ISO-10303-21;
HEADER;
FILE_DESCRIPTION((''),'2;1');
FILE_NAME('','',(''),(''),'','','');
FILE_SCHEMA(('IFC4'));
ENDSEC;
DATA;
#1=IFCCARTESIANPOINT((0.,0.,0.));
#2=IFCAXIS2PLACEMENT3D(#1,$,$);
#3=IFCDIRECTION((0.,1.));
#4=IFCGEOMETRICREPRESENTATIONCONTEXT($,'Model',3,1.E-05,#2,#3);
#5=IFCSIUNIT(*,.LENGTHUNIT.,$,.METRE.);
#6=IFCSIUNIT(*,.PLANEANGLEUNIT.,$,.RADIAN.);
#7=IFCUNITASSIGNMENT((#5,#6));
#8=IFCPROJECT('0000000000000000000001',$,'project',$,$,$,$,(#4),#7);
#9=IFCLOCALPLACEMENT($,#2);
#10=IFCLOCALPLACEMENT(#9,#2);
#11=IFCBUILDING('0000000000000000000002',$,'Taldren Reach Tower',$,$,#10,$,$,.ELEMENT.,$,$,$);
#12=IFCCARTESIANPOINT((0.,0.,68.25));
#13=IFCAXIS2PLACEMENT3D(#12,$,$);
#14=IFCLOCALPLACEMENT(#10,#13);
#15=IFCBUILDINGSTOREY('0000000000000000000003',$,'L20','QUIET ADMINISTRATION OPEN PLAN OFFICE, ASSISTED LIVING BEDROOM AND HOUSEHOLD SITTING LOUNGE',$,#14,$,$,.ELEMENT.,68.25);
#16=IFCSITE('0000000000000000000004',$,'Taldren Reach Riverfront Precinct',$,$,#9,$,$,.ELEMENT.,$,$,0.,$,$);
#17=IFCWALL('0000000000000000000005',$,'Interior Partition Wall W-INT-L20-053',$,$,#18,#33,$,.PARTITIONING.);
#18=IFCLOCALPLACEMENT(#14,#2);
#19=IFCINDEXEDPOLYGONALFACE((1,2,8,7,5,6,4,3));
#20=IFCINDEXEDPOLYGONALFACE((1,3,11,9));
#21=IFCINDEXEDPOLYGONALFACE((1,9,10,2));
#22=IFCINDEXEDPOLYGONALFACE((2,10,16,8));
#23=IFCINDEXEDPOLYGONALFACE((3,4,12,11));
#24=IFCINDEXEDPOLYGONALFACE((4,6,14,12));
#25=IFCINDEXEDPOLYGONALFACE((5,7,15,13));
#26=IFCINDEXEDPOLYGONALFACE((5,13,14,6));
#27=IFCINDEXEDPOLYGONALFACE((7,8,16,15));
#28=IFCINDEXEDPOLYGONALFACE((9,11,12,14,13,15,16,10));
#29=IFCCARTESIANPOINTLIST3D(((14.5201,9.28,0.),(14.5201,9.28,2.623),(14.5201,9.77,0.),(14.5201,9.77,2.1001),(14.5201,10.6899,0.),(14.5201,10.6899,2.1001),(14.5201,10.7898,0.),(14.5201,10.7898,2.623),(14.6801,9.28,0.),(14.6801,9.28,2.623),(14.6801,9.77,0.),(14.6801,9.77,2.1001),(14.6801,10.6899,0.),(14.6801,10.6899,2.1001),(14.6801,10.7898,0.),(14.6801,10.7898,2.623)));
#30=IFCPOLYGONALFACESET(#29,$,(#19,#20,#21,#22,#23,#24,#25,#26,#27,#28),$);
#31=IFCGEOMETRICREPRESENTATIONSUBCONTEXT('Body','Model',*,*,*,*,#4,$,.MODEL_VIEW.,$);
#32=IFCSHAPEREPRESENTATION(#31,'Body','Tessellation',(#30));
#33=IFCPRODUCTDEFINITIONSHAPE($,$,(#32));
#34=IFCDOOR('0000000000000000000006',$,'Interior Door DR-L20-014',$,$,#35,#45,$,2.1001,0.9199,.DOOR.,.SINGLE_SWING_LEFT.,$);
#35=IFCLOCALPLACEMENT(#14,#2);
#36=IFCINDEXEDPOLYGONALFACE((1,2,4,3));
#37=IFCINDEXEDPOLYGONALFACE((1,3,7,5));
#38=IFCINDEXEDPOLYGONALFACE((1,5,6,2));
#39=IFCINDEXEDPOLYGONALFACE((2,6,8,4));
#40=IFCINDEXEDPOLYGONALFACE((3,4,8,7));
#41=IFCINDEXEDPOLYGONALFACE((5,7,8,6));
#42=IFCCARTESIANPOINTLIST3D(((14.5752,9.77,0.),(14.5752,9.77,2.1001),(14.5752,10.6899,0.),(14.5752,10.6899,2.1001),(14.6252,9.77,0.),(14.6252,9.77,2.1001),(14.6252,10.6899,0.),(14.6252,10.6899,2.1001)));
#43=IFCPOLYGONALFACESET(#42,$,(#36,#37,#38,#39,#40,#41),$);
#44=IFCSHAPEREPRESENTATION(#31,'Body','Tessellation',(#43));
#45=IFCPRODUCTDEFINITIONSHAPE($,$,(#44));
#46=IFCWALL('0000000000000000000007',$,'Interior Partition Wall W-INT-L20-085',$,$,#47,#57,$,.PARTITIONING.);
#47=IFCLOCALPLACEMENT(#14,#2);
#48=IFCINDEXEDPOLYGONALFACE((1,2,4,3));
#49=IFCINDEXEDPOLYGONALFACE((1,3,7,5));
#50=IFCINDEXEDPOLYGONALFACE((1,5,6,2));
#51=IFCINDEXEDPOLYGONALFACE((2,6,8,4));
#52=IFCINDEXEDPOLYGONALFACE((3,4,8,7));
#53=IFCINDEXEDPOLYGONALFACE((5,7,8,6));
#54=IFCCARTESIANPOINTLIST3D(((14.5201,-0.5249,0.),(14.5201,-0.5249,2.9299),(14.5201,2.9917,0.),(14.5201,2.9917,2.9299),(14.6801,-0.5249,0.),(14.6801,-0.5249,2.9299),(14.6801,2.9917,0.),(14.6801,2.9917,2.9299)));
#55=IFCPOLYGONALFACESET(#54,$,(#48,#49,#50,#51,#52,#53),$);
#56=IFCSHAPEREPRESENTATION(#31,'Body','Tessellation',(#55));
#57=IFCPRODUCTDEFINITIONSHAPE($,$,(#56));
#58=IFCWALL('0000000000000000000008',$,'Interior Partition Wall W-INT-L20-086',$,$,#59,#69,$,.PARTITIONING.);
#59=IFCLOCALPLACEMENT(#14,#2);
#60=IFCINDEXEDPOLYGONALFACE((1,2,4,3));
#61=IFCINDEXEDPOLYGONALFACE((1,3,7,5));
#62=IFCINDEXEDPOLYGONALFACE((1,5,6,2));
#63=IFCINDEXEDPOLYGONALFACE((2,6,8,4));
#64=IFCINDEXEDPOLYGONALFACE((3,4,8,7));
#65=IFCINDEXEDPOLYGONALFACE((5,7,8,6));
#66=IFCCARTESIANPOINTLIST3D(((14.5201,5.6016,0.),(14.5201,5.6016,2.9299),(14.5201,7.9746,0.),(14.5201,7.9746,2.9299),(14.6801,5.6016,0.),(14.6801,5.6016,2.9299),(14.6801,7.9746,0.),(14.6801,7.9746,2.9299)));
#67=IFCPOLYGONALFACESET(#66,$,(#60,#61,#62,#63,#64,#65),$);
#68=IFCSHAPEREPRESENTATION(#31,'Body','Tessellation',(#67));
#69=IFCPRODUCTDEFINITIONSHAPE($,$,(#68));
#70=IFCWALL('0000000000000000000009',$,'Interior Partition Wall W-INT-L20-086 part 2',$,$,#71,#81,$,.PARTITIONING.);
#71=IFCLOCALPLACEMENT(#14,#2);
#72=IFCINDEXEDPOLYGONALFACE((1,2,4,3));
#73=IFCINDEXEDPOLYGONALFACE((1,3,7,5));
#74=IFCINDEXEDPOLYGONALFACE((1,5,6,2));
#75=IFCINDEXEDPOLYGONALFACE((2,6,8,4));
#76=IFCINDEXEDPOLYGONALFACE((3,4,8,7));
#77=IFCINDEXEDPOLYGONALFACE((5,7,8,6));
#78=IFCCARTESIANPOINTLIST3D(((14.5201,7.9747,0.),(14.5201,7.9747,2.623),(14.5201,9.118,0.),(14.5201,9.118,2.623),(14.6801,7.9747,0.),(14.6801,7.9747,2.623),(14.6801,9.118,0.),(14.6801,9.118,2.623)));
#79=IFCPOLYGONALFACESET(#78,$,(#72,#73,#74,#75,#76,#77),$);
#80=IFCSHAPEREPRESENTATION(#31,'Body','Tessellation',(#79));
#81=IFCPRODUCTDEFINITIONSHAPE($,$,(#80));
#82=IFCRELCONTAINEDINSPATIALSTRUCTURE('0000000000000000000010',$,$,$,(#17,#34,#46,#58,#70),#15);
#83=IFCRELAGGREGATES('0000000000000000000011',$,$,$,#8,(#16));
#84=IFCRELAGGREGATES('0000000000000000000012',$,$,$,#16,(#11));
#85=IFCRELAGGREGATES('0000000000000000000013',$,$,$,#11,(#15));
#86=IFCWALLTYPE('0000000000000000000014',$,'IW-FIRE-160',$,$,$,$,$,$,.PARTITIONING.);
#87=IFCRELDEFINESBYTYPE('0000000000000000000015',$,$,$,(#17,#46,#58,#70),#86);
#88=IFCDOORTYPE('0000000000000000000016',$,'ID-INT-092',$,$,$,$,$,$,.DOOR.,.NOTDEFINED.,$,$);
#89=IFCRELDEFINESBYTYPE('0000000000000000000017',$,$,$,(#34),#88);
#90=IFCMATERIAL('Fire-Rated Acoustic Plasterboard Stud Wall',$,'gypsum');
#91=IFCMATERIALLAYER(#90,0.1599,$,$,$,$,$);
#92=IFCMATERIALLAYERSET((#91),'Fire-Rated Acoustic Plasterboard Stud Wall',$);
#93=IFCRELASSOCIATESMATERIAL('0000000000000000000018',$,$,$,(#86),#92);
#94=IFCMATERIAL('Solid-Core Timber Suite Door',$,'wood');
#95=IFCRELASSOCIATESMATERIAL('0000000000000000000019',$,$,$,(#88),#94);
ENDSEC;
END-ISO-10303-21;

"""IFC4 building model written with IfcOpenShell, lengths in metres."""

from ifc_helpers import new_model, si_unit, direction, frame, frame_2d, origin, place, context, subcontext, project, spatial, rectangle, extrude, source, transform, mapped, material, layer, layer_set, type_object, element, fill, save


model = new_model("IFC4")

# Units and contexts
model_context = context("Model", 3, precision=1e-05, world=origin(), true_north=direction((0.0, 1.0)))
body_context = subcontext(model_context, "Body", "Model", "MODEL_VIEW")
ifc_project = project(units=[si_unit("LENGTHUNIT", "METRE"), si_unit("PLANEANGLEUNIT", "RADIAN")], contexts=[model_context])

# Site, building, storey
site_placement = place(None, origin())
site = spatial("IfcSite", under=ifc_project, at=site_placement, Name="Taldren Reach Riverfront Precinct", CompositionType="ELEMENT", RefElevation=0.0)
building_placement = place(site_placement, origin())
building = spatial("IfcBuilding", under=site, at=building_placement, Name="Taldren Reach Tower", CompositionType="ELEMENT")
storey_placement = place(building_placement, frame((0.0, 0.0, 68.25)))
storey = spatial("IfcBuildingStorey", under=building, at=storey_placement, Name="L20", Description="QUIET ADMINISTRATION OPEN PLAN OFFICE, ASSISTED LIVING BEDROOM AND HOUSEHOLD SITTING LOUNGE", CompositionType="ELEMENT", Elevation=68.25)

# Shared definitions
ifc_material_1 = material(Name="Fire-Rated Acoustic Plasterboard Stud Wall", Category="gypsum")
ifc_layer_1 = layer(ifc_material_1, 0.1599)
ifc_layer_set_1 = layer_set([ifc_layer_1], Name="Fire-Rated Acoustic Plasterboard Stud Wall")
wall_type_1 = type_object("IfcWallType", Name="IW-FIRE-160", PredefinedType="PARTITIONING", material=ifc_layer_set_1)

# Wall, opening, door
shared_shape_1 = source(origin(), body_context, "Body", "SweptSolid", [
    extrude(rectangle(XDim=1.5098, YDim=0.1599, at=frame_2d((0.7549, 0.0))), origin(), (0.0, 0.0, 1.0), 2.623),
])
wall_1_placement = place(storey_placement, frame((14.6001, 9.28, 0.0), z_axis=(0.0, 0.0, 1.0), x_axis=(0.0, 1.0, 0.0)))
wall_1 = element("IfcWall", 1, at=wall_1_placement, inside=storey, type_object=wall_type_1, Name="Interior Partition Wall W-INT-L20-053", PredefinedType="PARTITIONING", context=body_context, shape_type="MappedRepresentation", body=[
    mapped(shared_shape_1, transform((0.0, 0.0, 0.0), scale=1.0)),
])
shared_shape_2 = source(origin(), body_context, "Body", "SweptSolid", [
    extrude(rectangle(XDim=0.9199, YDim=2.1001, at=frame_2d((0.46, 1.05))), frame((0.0, 0.0898, 0.0), z_axis=(0.0, -1.0, 0.0), x_axis=(1.0, 0.0, 0.0)), (0.0, 0.0, 1.0), 0.1799),
])
opening_placement = place(wall_1_placement, frame((0.49, 0.0, 0.0)))
opening = element("IfcOpeningElement", 2, at=opening_placement, cuts=wall_1, PredefinedType="OPENING", context=body_context, shape_type="MappedRepresentation", body=[
    mapped(shared_shape_2, transform((0.0, 0.0, 0.0), scale=1.0)),
])
ifc_material_2 = material(Name="Solid-Core Timber Suite Door", Category="wood")
door_type = type_object("IfcDoorType", Name="ID-INT-092", OperationType="NOTDEFINED", PredefinedType="DOOR", material=ifc_material_2)
shared_shape_3 = source(origin(), body_context, "Body", "SweptSolid", [
    extrude(rectangle(XDim=0.9199, YDim=2.1001, at=frame_2d((0.46, 1.05))), frame((0.0, 0.0249, 0.0), z_axis=(0.0, -1.0, 0.0), x_axis=(1.0, 0.0, 0.0)), (0.0, 0.0, 1.0), 0.05),
])
door_placement = place(opening_placement, origin())
door = element("IfcDoor", 3, at=door_placement, inside=storey, type_object=door_type, Name="Interior Door DR-L20-014", OperationType="SINGLE_SWING_LEFT", OverallHeight=2.1001, OverallWidth=0.9199, PredefinedType="DOOR", context=body_context, shape_type="MappedRepresentation", body=[
    mapped(shared_shape_3, transform((0.0, 0.0, 0.0), scale=1.0)),
])
fill(opening, door)

# Walls
shared_shape_4 = source(origin(), body_context, "Body", "SweptSolid", [
    extrude(rectangle(XDim=3.5166, YDim=0.1599, at=frame_2d((1.7583, 0.0))), origin(), (0.0, 0.0, 1.0), 2.9299),
])
wall_2_placement = place(storey_placement, frame((14.6001, -0.5249, 0.0), z_axis=(0.0, 0.0, 1.0), x_axis=(0.0, 1.0, 0.0)))
element("IfcWall", 4, at=wall_2_placement, inside=storey, type_object=wall_type_1, Name="Interior Partition Wall W-INT-L20-085", PredefinedType="PARTITIONING", context=body_context, shape_type="MappedRepresentation", body=[
    mapped(shared_shape_4, transform((0.0, 0.0, 0.0), scale=1.0)),
])
shared_shape_5 = source(origin(), body_context, "Body", "SweptSolid", [
    extrude(rectangle(XDim=2.373, YDim=0.1599, at=frame_2d((1.1865, 0.0))), origin(), (0.0, 0.0, 1.0), 2.9299),
])
wall_3_placement = place(storey_placement, frame((14.6001, 5.6016, 0.0), z_axis=(0.0, 0.0, 1.0), x_axis=(0.0, 1.0, 0.0)))
element("IfcWall", 5, at=wall_3_placement, inside=storey, type_object=wall_type_1, Name="Interior Partition Wall W-INT-L20-086", PredefinedType="PARTITIONING", context=body_context, shape_type="MappedRepresentation", body=[
    mapped(shared_shape_5, transform((0.0, 0.0, 0.0), scale=1.0)),
])
shared_shape_6 = source(origin(), body_context, "Body", "SweptSolid", [
    extrude(rectangle(XDim=1.1433, YDim=0.1599, at=frame_2d((0.5718, 0.0))), origin(), (0.0, 0.0, 1.0), 2.623),
])
wall_4_placement = place(storey_placement, frame((14.6001, 7.9746, 0.0), z_axis=(0.0, 0.0, 1.0), x_axis=(0.0, 1.0, 0.0)))
element("IfcWall", 6, at=wall_4_placement, inside=storey, type_object=wall_type_1, Name="Interior Partition Wall W-INT-L20-086 part 2", PredefinedType="PARTITIONING", context=body_context, shape_type="MappedRepresentation", body=[
    mapped(shared_shape_6, transform((0.0, 0.0, 0.0), scale=1.0)),
])

save(model, "model.ifc")
